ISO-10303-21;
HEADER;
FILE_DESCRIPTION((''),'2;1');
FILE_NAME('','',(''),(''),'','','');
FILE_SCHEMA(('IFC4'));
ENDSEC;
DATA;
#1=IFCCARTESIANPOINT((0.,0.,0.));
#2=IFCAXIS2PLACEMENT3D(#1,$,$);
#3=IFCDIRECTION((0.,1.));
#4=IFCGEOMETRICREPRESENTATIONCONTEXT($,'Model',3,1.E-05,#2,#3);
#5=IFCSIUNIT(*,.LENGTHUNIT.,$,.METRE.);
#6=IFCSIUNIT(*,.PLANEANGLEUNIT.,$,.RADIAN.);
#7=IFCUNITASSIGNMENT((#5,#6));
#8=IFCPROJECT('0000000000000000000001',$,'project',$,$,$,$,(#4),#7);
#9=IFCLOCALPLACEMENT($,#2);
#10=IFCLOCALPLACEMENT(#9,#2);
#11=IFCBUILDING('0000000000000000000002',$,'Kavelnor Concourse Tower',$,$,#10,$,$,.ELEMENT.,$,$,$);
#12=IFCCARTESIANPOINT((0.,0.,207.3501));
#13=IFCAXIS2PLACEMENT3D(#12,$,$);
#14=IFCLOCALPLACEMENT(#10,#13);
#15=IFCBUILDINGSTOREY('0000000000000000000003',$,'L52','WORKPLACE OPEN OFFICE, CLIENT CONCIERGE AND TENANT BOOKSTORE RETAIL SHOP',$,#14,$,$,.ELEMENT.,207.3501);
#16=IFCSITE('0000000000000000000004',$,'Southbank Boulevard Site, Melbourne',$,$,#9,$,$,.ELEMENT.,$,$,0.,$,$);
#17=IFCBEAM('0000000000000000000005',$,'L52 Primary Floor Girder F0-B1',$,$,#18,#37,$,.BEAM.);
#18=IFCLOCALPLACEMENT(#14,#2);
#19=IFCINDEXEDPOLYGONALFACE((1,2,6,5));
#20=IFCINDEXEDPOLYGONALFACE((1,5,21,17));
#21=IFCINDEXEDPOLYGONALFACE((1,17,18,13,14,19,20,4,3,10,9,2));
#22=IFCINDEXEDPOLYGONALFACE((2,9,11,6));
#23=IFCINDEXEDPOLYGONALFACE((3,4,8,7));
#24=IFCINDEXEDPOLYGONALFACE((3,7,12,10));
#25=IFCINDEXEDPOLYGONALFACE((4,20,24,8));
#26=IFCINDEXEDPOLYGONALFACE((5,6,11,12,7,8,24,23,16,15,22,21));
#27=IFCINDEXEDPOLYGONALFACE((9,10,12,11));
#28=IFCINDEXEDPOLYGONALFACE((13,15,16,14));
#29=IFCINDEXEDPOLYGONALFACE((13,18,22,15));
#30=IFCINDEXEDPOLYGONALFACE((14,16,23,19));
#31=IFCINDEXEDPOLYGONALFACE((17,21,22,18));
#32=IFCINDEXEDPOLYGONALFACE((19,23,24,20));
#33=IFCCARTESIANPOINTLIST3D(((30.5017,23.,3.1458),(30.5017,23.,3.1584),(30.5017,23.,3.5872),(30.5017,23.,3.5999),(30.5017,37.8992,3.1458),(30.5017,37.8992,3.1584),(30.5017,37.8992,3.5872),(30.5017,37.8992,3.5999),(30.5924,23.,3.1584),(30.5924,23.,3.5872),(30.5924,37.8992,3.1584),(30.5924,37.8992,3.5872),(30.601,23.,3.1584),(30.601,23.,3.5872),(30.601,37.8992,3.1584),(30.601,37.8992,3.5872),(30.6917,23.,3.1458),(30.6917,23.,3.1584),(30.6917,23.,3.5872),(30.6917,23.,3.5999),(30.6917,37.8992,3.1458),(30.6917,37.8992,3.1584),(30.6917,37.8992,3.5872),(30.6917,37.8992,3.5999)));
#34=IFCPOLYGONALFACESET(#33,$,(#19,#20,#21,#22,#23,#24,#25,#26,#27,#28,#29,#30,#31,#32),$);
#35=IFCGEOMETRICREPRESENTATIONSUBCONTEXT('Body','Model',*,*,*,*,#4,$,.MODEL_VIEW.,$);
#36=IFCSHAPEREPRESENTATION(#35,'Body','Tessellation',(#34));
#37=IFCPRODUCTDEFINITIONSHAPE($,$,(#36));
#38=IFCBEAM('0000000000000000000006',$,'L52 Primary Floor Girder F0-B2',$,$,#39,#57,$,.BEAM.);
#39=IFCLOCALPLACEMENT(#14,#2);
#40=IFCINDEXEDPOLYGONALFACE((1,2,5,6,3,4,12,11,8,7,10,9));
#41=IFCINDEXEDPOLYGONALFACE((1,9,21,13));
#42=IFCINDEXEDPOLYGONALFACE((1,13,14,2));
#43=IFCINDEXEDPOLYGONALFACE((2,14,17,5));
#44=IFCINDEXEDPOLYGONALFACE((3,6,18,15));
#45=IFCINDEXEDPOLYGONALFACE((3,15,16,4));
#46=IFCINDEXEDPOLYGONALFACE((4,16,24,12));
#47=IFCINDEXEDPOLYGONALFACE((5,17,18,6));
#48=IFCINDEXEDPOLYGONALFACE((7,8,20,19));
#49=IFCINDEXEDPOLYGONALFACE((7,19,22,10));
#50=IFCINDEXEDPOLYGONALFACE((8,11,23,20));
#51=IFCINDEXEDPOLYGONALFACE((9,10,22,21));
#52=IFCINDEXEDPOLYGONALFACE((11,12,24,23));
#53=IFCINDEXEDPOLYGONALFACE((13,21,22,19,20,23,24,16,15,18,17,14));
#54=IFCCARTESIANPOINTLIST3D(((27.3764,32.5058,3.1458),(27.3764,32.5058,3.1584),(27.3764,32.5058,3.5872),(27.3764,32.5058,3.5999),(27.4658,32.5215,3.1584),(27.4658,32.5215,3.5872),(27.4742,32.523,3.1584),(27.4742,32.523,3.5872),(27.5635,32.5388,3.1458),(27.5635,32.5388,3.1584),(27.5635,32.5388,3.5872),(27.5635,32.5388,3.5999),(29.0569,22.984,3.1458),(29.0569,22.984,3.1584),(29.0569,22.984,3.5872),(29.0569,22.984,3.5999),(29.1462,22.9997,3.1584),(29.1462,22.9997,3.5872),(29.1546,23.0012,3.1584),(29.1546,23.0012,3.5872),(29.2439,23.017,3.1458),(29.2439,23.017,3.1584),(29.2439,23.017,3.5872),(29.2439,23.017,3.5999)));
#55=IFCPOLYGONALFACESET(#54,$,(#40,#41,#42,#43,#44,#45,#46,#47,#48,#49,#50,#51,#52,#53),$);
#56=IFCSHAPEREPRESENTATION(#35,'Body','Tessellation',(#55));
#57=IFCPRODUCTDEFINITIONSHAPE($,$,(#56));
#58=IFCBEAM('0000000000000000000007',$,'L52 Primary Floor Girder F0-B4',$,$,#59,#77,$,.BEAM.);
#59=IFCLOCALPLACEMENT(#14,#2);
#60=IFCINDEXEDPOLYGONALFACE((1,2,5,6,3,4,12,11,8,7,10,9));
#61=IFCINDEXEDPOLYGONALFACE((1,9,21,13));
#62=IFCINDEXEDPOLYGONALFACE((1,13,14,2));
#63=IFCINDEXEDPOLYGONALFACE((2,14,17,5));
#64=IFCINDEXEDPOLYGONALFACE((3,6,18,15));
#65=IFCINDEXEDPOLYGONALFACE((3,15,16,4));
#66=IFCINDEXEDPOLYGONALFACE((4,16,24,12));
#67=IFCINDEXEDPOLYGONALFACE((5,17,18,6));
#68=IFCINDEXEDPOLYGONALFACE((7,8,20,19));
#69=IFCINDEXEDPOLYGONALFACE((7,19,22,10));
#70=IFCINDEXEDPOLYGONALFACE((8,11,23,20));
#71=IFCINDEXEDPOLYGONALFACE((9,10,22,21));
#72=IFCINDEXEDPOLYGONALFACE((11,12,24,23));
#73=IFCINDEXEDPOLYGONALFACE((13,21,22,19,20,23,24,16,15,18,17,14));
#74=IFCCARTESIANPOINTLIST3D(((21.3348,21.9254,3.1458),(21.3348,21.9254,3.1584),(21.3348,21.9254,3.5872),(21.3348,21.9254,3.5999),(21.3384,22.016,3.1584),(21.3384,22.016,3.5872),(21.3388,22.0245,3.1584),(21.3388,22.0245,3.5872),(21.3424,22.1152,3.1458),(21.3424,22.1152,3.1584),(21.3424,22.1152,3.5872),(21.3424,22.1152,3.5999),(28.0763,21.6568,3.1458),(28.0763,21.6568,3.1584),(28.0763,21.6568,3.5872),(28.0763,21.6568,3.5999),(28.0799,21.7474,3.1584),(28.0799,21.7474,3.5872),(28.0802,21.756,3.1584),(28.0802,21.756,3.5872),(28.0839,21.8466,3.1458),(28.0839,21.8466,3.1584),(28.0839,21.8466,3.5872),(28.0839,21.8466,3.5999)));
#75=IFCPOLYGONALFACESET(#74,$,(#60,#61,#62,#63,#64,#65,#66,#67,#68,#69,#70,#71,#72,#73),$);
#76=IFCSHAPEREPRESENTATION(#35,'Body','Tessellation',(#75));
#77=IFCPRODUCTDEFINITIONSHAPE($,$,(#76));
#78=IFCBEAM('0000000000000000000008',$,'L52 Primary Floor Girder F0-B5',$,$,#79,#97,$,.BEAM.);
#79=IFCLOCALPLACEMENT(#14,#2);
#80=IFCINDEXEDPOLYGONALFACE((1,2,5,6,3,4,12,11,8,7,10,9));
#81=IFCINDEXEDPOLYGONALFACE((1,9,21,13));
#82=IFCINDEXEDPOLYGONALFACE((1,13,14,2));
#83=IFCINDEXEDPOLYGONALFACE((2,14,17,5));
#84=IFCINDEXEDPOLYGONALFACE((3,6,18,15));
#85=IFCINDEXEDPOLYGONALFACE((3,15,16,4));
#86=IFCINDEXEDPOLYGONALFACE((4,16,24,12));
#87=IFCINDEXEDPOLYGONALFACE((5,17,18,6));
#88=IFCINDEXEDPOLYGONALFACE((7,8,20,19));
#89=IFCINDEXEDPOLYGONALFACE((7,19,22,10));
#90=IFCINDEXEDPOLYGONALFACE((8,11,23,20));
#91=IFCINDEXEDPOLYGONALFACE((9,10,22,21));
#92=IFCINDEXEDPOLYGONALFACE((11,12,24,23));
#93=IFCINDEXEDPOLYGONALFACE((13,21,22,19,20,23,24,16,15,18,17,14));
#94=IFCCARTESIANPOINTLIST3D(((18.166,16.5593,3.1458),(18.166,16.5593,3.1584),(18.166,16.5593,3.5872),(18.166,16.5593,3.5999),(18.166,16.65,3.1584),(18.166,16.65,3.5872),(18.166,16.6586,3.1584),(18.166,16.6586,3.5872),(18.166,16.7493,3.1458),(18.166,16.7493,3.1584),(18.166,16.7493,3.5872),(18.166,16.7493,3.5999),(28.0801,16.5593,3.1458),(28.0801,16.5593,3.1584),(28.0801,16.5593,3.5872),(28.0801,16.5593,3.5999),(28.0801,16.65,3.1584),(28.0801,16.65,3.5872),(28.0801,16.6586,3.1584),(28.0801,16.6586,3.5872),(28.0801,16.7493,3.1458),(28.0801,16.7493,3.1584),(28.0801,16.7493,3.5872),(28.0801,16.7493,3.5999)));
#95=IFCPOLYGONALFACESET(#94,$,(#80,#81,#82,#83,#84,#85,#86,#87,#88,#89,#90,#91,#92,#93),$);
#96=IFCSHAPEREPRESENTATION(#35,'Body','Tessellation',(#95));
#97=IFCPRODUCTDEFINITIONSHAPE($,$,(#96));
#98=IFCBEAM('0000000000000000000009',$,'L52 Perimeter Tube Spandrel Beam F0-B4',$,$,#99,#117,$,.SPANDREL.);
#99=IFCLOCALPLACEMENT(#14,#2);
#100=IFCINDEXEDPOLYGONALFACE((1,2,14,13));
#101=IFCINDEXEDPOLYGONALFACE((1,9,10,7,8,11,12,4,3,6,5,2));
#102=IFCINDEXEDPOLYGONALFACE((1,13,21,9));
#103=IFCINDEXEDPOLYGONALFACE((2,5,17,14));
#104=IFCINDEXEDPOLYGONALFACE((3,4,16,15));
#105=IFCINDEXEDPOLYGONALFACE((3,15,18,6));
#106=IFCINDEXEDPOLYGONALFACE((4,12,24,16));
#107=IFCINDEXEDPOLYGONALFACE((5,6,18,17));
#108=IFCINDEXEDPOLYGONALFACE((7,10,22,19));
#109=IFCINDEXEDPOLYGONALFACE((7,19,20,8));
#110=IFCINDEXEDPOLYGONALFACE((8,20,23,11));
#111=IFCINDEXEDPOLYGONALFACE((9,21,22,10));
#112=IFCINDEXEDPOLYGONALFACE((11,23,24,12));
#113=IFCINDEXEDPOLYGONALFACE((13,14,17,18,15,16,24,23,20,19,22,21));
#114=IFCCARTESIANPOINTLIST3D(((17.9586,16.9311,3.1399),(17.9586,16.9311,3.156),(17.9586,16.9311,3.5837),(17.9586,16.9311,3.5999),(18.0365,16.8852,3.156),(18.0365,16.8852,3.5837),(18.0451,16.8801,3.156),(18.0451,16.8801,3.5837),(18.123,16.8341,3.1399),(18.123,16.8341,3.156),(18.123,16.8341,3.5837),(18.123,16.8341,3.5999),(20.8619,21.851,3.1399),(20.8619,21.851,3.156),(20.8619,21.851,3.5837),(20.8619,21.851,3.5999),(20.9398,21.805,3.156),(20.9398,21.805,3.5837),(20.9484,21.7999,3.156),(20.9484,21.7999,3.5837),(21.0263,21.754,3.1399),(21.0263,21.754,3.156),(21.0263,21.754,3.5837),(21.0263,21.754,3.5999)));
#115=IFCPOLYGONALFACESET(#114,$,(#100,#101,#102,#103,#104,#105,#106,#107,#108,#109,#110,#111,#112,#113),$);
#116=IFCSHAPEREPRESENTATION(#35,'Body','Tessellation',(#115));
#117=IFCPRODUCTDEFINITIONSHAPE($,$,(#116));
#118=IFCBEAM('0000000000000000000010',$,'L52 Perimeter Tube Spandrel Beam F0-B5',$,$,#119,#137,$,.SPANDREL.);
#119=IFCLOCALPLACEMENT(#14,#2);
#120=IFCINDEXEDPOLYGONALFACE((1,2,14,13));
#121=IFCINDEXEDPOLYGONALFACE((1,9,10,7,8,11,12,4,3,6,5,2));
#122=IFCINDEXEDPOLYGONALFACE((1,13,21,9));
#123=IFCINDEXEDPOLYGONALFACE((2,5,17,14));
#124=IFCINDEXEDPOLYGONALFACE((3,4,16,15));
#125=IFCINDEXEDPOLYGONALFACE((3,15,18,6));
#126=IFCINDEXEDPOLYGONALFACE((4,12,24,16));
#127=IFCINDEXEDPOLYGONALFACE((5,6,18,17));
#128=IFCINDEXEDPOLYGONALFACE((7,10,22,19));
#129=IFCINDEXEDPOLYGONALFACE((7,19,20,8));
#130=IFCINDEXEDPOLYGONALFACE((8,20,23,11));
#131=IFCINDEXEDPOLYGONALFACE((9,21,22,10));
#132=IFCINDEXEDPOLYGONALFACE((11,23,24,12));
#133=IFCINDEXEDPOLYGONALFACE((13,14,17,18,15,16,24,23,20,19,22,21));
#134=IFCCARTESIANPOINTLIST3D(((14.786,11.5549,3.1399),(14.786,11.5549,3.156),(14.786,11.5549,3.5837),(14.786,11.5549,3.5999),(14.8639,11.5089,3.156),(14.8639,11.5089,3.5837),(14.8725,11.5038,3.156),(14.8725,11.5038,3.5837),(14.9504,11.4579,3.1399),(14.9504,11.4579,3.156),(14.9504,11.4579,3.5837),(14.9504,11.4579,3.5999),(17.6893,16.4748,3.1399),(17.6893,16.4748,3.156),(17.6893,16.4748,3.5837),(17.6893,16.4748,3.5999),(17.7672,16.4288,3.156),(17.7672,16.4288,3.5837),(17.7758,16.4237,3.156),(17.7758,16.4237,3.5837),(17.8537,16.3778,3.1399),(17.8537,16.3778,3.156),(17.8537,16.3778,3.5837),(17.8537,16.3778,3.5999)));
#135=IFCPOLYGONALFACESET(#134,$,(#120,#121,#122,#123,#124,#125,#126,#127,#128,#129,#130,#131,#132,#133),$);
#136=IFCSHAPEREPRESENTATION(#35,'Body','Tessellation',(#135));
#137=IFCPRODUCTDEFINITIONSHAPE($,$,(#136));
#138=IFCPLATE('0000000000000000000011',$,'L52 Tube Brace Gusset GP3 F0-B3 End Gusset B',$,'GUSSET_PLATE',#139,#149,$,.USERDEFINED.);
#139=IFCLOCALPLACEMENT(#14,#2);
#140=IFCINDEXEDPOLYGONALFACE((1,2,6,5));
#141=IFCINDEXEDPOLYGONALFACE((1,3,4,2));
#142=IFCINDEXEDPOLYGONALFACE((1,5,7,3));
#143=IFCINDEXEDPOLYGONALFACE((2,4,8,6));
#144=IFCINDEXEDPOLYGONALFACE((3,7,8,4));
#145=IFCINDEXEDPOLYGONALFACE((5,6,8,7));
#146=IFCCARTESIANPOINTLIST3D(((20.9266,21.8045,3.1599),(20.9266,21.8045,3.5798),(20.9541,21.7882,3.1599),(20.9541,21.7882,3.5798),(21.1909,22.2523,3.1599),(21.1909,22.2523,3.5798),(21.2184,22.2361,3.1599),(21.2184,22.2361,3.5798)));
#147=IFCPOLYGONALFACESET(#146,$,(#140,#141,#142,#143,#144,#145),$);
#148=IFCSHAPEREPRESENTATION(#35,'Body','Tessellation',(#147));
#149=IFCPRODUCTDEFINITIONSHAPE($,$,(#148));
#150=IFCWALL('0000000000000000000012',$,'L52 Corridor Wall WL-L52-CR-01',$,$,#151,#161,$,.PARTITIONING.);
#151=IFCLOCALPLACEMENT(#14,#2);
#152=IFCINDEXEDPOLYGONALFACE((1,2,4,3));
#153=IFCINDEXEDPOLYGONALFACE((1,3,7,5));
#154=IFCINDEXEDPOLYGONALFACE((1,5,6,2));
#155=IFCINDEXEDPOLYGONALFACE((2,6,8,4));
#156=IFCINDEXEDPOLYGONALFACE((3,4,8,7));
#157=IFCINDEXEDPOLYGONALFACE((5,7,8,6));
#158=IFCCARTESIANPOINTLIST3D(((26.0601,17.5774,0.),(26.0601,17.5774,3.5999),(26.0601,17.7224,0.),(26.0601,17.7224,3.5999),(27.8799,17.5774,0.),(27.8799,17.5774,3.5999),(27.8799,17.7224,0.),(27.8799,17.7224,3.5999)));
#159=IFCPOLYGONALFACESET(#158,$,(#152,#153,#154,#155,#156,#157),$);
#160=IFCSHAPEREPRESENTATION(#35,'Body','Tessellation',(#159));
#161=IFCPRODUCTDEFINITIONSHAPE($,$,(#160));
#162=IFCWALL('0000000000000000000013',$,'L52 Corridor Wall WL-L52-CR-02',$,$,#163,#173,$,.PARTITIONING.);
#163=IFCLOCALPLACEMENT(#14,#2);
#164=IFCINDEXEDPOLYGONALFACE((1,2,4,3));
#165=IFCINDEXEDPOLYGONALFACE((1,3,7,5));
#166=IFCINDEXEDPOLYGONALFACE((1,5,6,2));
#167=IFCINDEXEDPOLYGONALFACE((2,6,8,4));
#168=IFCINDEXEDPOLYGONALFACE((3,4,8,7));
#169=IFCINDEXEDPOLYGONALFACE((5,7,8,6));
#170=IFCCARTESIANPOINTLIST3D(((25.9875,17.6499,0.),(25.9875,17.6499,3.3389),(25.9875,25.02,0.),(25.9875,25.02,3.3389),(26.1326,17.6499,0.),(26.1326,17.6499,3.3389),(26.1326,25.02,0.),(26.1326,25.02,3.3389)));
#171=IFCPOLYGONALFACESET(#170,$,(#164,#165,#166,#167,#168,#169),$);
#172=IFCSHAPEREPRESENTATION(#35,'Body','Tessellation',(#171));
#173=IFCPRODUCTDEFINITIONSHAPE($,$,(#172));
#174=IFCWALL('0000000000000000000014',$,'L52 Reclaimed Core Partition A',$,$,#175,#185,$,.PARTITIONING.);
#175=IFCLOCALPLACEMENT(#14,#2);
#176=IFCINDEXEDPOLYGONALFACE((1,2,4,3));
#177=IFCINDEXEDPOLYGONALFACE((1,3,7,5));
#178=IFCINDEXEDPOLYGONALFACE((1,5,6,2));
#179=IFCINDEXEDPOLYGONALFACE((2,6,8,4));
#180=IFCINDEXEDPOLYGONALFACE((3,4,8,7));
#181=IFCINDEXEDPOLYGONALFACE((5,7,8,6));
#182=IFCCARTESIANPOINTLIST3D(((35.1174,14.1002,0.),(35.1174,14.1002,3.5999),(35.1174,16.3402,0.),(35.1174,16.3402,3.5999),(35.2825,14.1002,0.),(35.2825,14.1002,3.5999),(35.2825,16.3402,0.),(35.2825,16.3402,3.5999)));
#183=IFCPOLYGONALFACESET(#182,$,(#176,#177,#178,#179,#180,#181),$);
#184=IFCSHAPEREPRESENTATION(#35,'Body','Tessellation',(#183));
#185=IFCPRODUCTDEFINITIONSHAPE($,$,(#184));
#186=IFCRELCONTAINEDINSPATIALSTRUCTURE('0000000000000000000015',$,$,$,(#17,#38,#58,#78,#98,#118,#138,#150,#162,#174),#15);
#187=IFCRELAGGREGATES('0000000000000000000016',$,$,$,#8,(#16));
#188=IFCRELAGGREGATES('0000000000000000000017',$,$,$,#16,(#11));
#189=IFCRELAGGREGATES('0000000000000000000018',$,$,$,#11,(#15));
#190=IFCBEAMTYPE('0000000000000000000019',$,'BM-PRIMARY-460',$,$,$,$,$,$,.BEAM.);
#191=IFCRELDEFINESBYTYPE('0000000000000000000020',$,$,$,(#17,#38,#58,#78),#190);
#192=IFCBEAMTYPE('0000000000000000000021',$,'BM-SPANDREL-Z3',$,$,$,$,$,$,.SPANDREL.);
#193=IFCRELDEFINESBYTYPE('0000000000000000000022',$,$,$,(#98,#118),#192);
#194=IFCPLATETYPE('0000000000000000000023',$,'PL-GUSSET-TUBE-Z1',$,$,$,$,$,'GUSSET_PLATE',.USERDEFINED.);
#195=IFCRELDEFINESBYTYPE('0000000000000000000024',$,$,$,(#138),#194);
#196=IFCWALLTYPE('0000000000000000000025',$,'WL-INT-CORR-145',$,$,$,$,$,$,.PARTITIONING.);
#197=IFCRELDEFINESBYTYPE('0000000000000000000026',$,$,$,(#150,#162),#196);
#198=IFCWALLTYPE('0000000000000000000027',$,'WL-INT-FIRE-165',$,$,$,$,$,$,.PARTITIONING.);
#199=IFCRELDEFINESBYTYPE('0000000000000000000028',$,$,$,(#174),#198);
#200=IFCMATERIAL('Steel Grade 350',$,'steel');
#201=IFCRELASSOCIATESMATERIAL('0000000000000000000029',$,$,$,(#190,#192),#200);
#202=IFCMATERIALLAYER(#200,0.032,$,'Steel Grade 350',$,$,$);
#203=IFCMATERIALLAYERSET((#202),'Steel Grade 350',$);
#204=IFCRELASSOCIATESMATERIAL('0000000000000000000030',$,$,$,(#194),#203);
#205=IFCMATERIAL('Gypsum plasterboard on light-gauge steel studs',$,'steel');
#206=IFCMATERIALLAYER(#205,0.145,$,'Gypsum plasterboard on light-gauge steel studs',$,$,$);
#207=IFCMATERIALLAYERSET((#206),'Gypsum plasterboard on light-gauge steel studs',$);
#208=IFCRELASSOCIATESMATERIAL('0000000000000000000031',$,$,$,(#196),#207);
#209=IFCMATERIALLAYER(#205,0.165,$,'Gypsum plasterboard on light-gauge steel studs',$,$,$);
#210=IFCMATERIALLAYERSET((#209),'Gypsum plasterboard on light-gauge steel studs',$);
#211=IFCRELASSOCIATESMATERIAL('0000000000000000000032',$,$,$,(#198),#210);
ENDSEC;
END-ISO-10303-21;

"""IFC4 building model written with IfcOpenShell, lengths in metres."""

from ifc_helpers import new_model, si_unit, direction, frame, frame_2d, origin, origin_2d, place, context, subcontext, project, spatial, rectangle, i_section, extrude, material, layer, layer_set, material_profile, profile_set, type_object, element, save


model = new_model("IFC4")

# Units and contexts
model_context = context("Model", 3, precision=1e-05, world=origin(), true_north=direction((0.0, 1.0)))
body_context = subcontext(model_context, "Body", "Model", "MODEL_VIEW")
ifc_project = project(units=[si_unit("LENGTHUNIT", "METRE"), si_unit("PLANEANGLEUNIT", "RADIAN")], contexts=[model_context])

# Site, building, storey
site_placement = place(None, origin())
site = spatial("IfcSite", under=ifc_project, at=site_placement, Name="Southbank Boulevard Site, Melbourne", CompositionType="ELEMENT", RefElevation=0.0)
building_placement = place(site_placement, origin())
building = spatial("IfcBuilding", under=site, at=building_placement, Name="Kavelnor Concourse Tower", CompositionType="ELEMENT")
storey_placement = place(building_placement, frame((0.0, 0.0, 207.3501)))
storey = spatial("IfcBuildingStorey", under=building, at=storey_placement, Name="L52", Description="WORKPLACE OPEN OFFICE, CLIENT CONCIERGE AND TENANT BOOKSTORE RETAIL SHOP", CompositionType="ELEMENT", Elevation=207.3501)

# Shared definitions
ifc_material_1 = material(Name="Steel Grade 350", Category="steel")

# Beams
ifc_material_profile_1 = material_profile(ifc_material_1, i_section(OverallWidth=0.1899, OverallDepth=0.4541, WebThickness=0.0085, FlangeThickness=0.0127, at=origin_2d()), Name="460UB67")
ifc_profile_set_1 = profile_set([ifc_material_profile_1], Name="Steel Grade 350")
beam_type_1 = type_object("IfcBeamType", Name="BM-PRIMARY-460", PredefinedType="BEAM", material=ifc_profile_set_1)
beam_1_placement = place(storey_placement, frame((30.5967, 23.0, 3.3728), z_axis=(0.0, 1.0, 0.0), x_axis=(-1.0, 0.0, 0.0)))
element("IfcBeam", 1, at=beam_1_placement, inside=storey, type_object=beam_type_1, Name="L52 Primary Floor Girder F0-B1", PredefinedType="BEAM", context=body_context, shape_type="SweptSolid", body=[
    extrude(i_section(OverallWidth=0.1899, OverallDepth=0.4541, WebThickness=0.0085, FlangeThickness=0.0127, at=origin_2d()), origin(), (0.0, 0.0, 1.0), 14.8992),
])
beam_2_placement = place(storey_placement, frame((29.1504, 23.0005, 3.3728), z_axis=(-0.173797, 0.984782, 0.0), x_axis=(-0.984782, -0.173797, 0.0)))
element("IfcBeam", 2, at=beam_2_placement, inside=storey, type_object=beam_type_1, Name="L52 Primary Floor Girder F0-B2", PredefinedType="BEAM", context=body_context, shape_type="SweptSolid", body=[
    extrude(i_section(OverallWidth=0.1899, OverallDepth=0.4541, WebThickness=0.0085, FlangeThickness=0.0127, at=origin_2d()), origin(), (0.0, 0.0, 1.0), 9.6689),
])
beam_3_placement = place(storey_placement, frame((28.0801, 21.7517, 3.3728), z_axis=(-0.999207, 0.039805, 0.0), x_axis=(-0.039805, -0.999207, 0.0)))
element("IfcBeam", 3, at=beam_3_placement, inside=storey, type_object=beam_type_1, Name="L52 Primary Floor Girder F0-B4", PredefinedType="BEAM", context=body_context, shape_type="SweptSolid", body=[
    extrude(i_section(OverallWidth=0.1899, OverallDepth=0.4541, WebThickness=0.0085, FlangeThickness=0.0127, at=origin_2d()), origin(), (0.0, 0.0, 1.0), 6.7468),
])
beam_4_placement = place(storey_placement, frame((28.0801, 16.6543, 3.3728), z_axis=(-1.0, 0.0, 0.0), x_axis=(0.0, -1.0, 0.0)))
element("IfcBeam", 4, at=beam_4_placement, inside=storey, type_object=beam_type_1, Name="L52 Primary Floor Girder F0-B5", PredefinedType="BEAM", context=body_context, shape_type="SweptSolid", body=[
    extrude(i_section(OverallWidth=0.1899, OverallDepth=0.4541, WebThickness=0.0085, FlangeThickness=0.0127, at=origin_2d()), origin(), (0.0, 0.0, 1.0), 9.9141),
])
ifc_material_profile_2 = material_profile(ifc_material_1, i_section(OverallWidth=0.1909, OverallDepth=0.46, WebThickness=0.01, FlangeThickness=0.0161, at=origin_2d()), Name="460UB82")
ifc_profile_set_2 = profile_set([ifc_material_profile_2], Name="Steel Grade 350")
beam_type_2 = type_object("IfcBeamType", Name="BM-SPANDREL-Z3", PredefinedType="SPANDREL", material=ifc_profile_set_2)
for number, where, z_axis, x_axis, name in (
    (5, (20.9441, 21.8025, 3.3699), (-0.508222, -0.861226, 0.0), (0.861226, -0.508222, 0.0), "L52 Perimeter Tube Spandrel Beam F0-B4"),
    (6, (17.7715, 16.4263, 3.3699), (-0.508222, -0.861226, 0.0), (0.861226, -0.508222, 0.0), "L52 Perimeter Tube Spandrel Beam F0-B5"),
):
    element("IfcBeam", number, at=place(storey_placement, frame(where, z_axis=z_axis, x_axis=x_axis)), inside=storey, type_object=beam_type_2, Name=name, PredefinedType="SPANDREL", context=body_context, shape_type="SweptSolid", body=[
        extrude(i_section(OverallWidth=0.1909, OverallDepth=0.46, WebThickness=0.01, FlangeThickness=0.0161, at=origin_2d()), origin(), (0.0, 0.0, 1.0), 5.7126),
    ])

# Plate
ifc_layer_1 = layer(ifc_material_1, 0.032, Name="Steel Grade 350")
ifc_layer_set_1 = layer_set([ifc_layer_1], Name="Steel Grade 350")
plate_type = type_object("IfcPlateType", Name="PL-GUSSET-TUBE-Z1", ElementType="GUSSET_PLATE", PredefinedType="USERDEFINED", material=ifc_layer_set_1)
plate_placement = place(storey_placement, frame((21.0725, 22.0203, 3.1599), z_axis=(0.0, 0.0, 1.0), x_axis=(-0.50829, -0.861186, 0.0)))
element("IfcPlate", 7, at=plate_placement, inside=storey, type_object=plate_type, Name="L52 Tube Brace Gusset GP3 F0-B3 End Gusset B", ObjectType="GUSSET_PLATE", PredefinedType="USERDEFINED", context=body_context, shape_type="SweptSolid", body=[
    extrude(rectangle(XDim=0.52, YDim=0.032, at=origin_2d()), origin(), (0.0, 0.0, 1.0), 0.4199),
])

# Walls
ifc_material_2 = material(Name="Gypsum plasterboard on light-gauge steel studs", Category="steel")
ifc_layer_2 = layer(ifc_material_2, 0.145, Name="Gypsum plasterboard on light-gauge steel studs")
ifc_layer_set_2 = layer_set([ifc_layer_2], Name="Gypsum plasterboard on light-gauge steel studs")
wall_type_1 = type_object("IfcWallType", Name="WL-INT-CORR-145", PredefinedType="PARTITIONING", material=ifc_layer_set_2)
wall_1_placement = place(storey_placement, frame((27.8799, 17.6499, 0.0), z_axis=(0.0, 0.0, 1.0), x_axis=(-1.0, 0.0, 0.0)))
element("IfcWall", 8, at=wall_1_placement, inside=storey, type_object=wall_type_1, Name="L52 Corridor Wall WL-L52-CR-01", PredefinedType="PARTITIONING", context=body_context, shape_type="SweptSolid", body=[
    extrude(rectangle(XDim=1.8198, YDim=0.145, at=frame_2d((0.9099, 0.0))), origin(), (0.0, 0.0, 1.0), 3.5999),
])
wall_2_placement = place(storey_placement, frame((26.0601, 17.6499, 0.0), z_axis=(0.0, 0.0, 1.0), x_axis=(0.0, 1.0, 0.0)))
element("IfcWall", 9, at=wall_2_placement, inside=storey, type_object=wall_type_1, Name="L52 Corridor Wall WL-L52-CR-02", PredefinedType="PARTITIONING", context=body_context, shape_type="SweptSolid", body=[
    extrude(rectangle(XDim=7.3701, YDim=0.145, at=frame_2d((3.6851, 0.0))), origin(), (0.0, 0.0, 1.0), 3.3389),
])
ifc_layer_3 = layer(ifc_material_2, 0.165, Name="Gypsum plasterboard on light-gauge steel studs")
ifc_layer_set_3 = layer_set([ifc_layer_3], Name="Gypsum plasterboard on light-gauge steel studs")
wall_type_2 = type_object("IfcWallType", Name="WL-INT-FIRE-165", PredefinedType="PARTITIONING", material=ifc_layer_set_3)
wall_3_placement = place(storey_placement, frame((35.2, 14.1001, 0.0), z_axis=(0.0, 0.0, 1.0), x_axis=(0.0, 1.0, 0.0)))
element("IfcWall", 10, at=wall_3_placement, inside=storey, type_object=wall_type_2, Name="L52 Reclaimed Core Partition A", PredefinedType="PARTITIONING", context=body_context, shape_type="SweptSolid", body=[
    extrude(rectangle(XDim=2.24, YDim=0.165, at=frame_2d((1.1201, 0.0))), origin(), (0.0, 0.0, 1.0), 3.5999),
])

save(model, "model.ifc")
